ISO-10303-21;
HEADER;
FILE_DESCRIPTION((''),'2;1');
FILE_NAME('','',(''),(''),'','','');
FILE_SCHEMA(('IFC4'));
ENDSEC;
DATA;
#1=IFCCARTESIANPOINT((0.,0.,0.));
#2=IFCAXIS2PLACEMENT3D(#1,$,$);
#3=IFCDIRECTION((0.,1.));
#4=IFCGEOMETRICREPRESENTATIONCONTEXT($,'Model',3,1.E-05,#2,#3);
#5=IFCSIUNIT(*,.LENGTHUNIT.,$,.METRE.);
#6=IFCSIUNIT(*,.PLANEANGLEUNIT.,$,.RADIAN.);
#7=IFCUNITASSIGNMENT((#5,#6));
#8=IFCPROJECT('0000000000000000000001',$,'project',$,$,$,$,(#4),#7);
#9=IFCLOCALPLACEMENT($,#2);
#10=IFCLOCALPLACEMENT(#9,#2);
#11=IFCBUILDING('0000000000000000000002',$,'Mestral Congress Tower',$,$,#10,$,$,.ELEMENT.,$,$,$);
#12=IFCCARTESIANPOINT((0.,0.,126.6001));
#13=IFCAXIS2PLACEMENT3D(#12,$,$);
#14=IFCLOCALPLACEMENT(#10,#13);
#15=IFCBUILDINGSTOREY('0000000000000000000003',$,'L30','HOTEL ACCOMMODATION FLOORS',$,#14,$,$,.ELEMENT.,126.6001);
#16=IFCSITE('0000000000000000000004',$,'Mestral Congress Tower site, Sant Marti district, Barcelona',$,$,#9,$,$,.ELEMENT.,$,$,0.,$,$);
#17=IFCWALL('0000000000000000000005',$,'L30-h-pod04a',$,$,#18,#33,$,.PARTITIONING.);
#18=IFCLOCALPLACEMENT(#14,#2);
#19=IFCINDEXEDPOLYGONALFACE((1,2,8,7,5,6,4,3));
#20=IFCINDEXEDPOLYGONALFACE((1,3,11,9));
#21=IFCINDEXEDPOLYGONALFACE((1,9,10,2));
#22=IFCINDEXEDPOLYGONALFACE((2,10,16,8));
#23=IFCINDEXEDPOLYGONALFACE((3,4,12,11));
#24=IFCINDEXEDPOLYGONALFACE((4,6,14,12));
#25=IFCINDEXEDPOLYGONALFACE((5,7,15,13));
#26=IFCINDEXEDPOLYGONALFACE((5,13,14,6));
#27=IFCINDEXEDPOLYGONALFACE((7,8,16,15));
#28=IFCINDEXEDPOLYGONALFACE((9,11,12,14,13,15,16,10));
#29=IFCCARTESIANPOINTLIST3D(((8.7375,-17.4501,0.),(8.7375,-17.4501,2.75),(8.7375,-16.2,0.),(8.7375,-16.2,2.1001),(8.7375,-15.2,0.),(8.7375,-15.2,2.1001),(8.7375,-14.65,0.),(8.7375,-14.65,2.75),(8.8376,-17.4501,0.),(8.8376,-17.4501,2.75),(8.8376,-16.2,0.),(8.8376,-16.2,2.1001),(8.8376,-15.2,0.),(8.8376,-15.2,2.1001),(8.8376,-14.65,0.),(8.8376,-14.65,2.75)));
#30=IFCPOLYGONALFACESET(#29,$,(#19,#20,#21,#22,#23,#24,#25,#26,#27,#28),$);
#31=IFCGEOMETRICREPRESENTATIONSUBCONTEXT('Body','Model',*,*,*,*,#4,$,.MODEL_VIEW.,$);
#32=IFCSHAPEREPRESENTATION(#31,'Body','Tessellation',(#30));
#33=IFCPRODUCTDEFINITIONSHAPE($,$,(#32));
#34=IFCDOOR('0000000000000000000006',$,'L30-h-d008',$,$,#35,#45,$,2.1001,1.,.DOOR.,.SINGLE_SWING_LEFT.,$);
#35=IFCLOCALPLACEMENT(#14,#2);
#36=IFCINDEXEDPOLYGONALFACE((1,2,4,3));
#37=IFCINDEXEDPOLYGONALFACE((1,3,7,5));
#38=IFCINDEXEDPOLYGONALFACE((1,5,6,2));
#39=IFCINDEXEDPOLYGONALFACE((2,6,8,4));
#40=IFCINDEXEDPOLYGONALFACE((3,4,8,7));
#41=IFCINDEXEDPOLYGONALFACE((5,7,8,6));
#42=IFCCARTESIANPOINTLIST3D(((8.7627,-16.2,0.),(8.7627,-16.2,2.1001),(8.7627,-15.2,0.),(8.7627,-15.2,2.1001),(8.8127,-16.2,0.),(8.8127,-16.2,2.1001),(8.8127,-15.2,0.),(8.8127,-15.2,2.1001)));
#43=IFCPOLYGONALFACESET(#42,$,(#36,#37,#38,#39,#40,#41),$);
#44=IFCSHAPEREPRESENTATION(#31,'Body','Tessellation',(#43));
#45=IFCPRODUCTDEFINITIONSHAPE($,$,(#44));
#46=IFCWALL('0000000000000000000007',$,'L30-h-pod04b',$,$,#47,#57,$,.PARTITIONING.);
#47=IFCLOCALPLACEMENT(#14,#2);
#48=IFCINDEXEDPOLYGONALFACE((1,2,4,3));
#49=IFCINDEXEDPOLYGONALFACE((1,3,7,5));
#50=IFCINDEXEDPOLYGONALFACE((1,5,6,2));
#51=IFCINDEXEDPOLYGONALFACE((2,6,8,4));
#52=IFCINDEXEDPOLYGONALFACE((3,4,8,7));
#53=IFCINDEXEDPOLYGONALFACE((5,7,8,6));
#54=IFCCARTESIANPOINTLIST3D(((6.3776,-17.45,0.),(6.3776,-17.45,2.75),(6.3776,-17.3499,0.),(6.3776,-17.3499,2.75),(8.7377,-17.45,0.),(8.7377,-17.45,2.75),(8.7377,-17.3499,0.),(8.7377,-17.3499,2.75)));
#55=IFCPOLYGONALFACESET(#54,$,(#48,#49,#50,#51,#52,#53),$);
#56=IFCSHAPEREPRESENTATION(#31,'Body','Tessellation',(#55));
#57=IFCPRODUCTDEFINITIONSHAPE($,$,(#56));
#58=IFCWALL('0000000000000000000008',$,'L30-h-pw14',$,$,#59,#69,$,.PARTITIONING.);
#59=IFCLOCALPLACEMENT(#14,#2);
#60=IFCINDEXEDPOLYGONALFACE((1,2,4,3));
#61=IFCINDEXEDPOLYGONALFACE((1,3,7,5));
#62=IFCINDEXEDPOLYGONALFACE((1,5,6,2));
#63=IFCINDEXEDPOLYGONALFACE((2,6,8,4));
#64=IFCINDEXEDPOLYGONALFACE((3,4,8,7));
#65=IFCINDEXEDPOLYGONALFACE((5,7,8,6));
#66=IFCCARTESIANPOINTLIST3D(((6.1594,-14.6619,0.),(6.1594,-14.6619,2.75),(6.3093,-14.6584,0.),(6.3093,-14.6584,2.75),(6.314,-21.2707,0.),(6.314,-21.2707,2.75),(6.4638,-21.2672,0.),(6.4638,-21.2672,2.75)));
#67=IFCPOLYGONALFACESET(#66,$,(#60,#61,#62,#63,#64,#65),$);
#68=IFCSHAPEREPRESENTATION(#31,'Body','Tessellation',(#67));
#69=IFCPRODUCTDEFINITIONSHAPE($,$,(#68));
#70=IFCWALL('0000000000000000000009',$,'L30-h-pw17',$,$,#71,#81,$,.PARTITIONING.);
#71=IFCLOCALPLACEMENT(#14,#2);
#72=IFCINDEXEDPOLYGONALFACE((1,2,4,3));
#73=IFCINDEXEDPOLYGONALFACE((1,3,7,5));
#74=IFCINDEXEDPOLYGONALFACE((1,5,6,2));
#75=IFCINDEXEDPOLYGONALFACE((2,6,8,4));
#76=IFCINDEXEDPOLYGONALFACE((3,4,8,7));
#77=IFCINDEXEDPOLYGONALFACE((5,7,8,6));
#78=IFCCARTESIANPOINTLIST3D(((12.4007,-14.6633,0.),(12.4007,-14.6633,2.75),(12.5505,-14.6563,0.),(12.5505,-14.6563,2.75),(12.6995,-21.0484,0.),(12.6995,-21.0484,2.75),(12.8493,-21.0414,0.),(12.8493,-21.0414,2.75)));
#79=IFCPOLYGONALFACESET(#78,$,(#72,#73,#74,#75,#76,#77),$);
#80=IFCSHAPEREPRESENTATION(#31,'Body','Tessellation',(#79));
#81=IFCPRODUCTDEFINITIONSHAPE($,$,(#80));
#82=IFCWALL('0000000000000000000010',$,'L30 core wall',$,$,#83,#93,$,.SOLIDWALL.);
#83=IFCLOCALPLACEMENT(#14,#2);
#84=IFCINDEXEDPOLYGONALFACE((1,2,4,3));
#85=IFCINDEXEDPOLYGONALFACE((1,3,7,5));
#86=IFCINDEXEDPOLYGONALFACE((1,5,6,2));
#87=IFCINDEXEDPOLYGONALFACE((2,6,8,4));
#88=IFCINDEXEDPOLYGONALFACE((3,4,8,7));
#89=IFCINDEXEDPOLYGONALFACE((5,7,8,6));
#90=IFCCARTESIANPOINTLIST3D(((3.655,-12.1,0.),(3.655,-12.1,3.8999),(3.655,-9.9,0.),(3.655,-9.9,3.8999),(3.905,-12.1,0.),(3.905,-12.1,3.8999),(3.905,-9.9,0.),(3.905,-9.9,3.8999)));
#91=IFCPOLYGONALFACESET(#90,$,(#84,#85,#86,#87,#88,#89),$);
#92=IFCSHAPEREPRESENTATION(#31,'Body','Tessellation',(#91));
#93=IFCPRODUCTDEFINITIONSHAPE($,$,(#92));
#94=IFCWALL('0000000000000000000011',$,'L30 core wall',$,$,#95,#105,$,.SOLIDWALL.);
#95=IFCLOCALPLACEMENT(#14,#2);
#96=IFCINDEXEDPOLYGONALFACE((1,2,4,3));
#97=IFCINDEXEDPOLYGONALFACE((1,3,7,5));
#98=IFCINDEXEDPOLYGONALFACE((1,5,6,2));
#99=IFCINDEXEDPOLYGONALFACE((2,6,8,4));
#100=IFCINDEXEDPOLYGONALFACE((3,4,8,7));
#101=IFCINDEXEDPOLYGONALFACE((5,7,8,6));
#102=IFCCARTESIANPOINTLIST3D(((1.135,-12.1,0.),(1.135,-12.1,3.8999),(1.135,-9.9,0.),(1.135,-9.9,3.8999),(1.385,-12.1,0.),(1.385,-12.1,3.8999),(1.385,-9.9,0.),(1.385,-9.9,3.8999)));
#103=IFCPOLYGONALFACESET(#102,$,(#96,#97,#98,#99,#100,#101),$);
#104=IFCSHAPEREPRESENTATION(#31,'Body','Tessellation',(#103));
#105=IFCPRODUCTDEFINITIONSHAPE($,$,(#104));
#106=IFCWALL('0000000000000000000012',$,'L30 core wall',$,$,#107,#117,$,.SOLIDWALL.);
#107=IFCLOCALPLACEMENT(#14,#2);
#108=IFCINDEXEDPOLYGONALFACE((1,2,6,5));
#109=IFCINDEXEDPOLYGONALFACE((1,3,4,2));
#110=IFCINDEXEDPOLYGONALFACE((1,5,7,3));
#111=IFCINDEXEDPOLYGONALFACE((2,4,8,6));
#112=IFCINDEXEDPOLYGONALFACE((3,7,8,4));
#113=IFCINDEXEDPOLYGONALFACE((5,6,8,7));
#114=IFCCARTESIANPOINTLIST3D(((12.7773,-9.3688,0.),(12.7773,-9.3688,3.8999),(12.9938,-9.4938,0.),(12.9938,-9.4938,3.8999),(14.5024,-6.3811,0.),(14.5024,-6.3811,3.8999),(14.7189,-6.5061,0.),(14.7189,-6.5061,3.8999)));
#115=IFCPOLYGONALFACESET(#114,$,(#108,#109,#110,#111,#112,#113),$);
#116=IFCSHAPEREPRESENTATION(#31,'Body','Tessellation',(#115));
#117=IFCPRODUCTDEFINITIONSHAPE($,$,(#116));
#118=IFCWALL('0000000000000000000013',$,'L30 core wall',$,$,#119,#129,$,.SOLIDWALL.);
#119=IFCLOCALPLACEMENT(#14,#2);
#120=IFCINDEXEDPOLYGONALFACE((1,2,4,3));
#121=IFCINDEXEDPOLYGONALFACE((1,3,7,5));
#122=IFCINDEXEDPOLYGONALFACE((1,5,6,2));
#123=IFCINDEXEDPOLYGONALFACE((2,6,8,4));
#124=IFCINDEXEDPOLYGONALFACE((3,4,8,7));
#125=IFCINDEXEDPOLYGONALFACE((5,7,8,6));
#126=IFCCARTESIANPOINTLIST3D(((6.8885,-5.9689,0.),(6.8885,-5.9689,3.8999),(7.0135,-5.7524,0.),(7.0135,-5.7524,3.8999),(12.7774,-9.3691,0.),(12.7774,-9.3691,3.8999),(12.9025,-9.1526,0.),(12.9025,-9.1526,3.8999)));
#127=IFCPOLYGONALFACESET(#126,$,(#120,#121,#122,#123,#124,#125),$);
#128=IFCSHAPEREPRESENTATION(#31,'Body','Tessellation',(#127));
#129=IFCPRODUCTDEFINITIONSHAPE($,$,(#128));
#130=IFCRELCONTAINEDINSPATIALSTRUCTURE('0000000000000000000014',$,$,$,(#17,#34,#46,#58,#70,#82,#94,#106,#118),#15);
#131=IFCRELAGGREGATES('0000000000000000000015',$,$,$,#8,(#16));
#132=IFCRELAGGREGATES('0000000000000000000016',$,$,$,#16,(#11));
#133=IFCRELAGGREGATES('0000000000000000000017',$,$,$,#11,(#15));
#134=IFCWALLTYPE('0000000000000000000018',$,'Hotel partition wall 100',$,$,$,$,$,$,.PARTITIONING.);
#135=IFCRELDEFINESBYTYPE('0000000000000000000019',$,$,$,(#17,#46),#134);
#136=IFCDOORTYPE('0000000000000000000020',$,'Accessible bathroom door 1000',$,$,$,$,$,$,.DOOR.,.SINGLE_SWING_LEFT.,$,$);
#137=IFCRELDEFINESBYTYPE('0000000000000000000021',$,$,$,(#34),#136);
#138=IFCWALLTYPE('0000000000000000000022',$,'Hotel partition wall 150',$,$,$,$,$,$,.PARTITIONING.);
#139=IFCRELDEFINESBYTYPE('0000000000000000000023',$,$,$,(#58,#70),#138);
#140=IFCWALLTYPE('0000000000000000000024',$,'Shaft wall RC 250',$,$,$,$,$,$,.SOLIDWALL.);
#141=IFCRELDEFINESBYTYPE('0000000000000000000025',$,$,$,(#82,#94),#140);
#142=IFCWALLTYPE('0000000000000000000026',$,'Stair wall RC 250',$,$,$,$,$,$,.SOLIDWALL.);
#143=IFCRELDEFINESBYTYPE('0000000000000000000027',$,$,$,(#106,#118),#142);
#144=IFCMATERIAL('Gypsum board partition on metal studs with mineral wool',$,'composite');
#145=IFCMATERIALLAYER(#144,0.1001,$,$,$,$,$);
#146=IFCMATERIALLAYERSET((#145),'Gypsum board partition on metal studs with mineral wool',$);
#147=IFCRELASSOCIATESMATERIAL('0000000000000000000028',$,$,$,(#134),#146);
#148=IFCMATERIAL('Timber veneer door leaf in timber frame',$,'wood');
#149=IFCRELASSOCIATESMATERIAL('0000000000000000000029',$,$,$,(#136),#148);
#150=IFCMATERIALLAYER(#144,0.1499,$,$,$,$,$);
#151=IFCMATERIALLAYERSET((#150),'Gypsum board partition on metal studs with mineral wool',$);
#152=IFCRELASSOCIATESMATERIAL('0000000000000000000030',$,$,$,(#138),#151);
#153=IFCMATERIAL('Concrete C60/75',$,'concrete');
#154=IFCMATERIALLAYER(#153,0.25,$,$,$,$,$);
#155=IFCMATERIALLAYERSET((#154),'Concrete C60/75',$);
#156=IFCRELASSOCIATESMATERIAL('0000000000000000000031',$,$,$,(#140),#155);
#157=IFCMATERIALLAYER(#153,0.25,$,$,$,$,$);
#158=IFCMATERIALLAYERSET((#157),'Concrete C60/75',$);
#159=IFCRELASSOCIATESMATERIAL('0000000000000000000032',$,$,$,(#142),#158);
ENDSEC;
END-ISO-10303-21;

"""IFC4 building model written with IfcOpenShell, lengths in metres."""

from ifc_helpers import new_model, si_unit, direction, frame, frame_2d, origin, place, context, subcontext, project, spatial, rectangle, extrude, material, layer, layer_set, type_object, element, fill, save


model = new_model("IFC4")

# Units and contexts
model_context = context("Model", 3, precision=1e-05, world=origin(), true_north=direction((0.0, 1.0)))
body_context = subcontext(model_context, "Body", "Model", "MODEL_VIEW")
ifc_project = project(units=[si_unit("LENGTHUNIT", "METRE"), si_unit("PLANEANGLEUNIT", "RADIAN")], contexts=[model_context])

# Site, building, storey
site_placement = place(None, origin())
site = spatial("IfcSite", under=ifc_project, at=site_placement, Name="Mestral Congress Tower site, Sant Marti district, Barcelona", CompositionType="ELEMENT", RefElevation=0.0)
building_placement = place(site_placement, origin())
building = spatial("IfcBuilding", under=site, at=building_placement, Name="Mestral Congress Tower", CompositionType="ELEMENT")
storey_placement = place(building_placement, frame((0.0, 0.0, 126.6001)))
storey = spatial("IfcBuildingStorey", under=building, at=storey_placement, Name="L30", Description="HOTEL ACCOMMODATION FLOORS", CompositionType="ELEMENT", Elevation=126.6001)

# Shared definitions
ifc_material_1 = material(Name="Concrete C60/75", Category="concrete")

# Shared definitions
ifc_material_2 = material(Name="Gypsum board partition on metal studs with mineral wool", Category="composite")
ifc_layer_1 = layer(ifc_material_2, 0.1001)
ifc_layer_set_1 = layer_set([ifc_layer_1], Name="Gypsum board partition on metal studs with mineral wool")
wall_type_1 = type_object("IfcWallType", Name="Hotel partition wall 100", PredefinedType="PARTITIONING", material=ifc_layer_set_1)
ifc_material_3 = material(Name="Timber veneer door leaf in timber frame", Category="wood")

# Wall, opening, door
wall_1_placement = place(storey_placement, frame((8.7876, -17.45, 0.0), z_axis=(0.0, 0.0, 1.0), x_axis=(0.0, 1.0, 0.0)))
wall_1 = element("IfcWall", 1, at=wall_1_placement, inside=storey, type_object=wall_type_1, Name="L30-h-pod04a", PredefinedType="PARTITIONING", context=body_context, shape_type="SweptSolid", body=[
    extrude(rectangle(XDim=2.8, YDim=0.1001, at=frame_2d((1.3999, 0.0))), origin(), (0.0, 0.0, 1.0), 2.75),
])
opening_1_placement = place(wall_1_placement, frame((1.25, 0.0, 0.0)))
opening_1 = element("IfcOpeningElement", 2, at=opening_1_placement, cuts=wall_1, PredefinedType="OPENING", context=body_context, shape_type="SweptSolid", body=[
    extrude(rectangle(XDim=1.0, YDim=2.1001, at=frame_2d((0.5, 1.05))), frame((0.0, 0.0601, 0.0), z_axis=(0.0, -1.0, 0.0), x_axis=(1.0, 0.0, 0.0)), (0.0, 0.0, 1.0), 0.1201),
])
door_type_1 = type_object("IfcDoorType", Name="Accessible bathroom door 1000", OperationType="SINGLE_SWING_LEFT", PredefinedType="DOOR", material=ifc_material_3)
door_1_placement = place(opening_1_placement, origin())
door_1 = element("IfcDoor", 3, at=door_1_placement, inside=storey, type_object=door_type_1, Name="L30-h-d008", OperationType="SINGLE_SWING_LEFT", OverallHeight=2.1001, OverallWidth=1.0, PredefinedType="DOOR", context=body_context, shape_type="SweptSolid", body=[
    extrude(rectangle(XDim=1.0, YDim=2.1001, at=frame_2d((0.5, 1.05))), frame((0.0, 0.0249, 0.0), z_axis=(0.0, -1.0, 0.0), x_axis=(1.0, 0.0, 0.0)), (0.0, 0.0, 1.0), 0.05),
])
fill(opening_1, door_1)

# Walls
wall_2_placement = place(storey_placement, frame((8.7378, -17.3999, 0.0), z_axis=(0.0, 0.0, 1.0), x_axis=(-1.0, 0.0, 0.0)))
element("IfcWall", 4, at=wall_2_placement, inside=storey, type_object=wall_type_1, Name="L30-h-pod04b", PredefinedType="PARTITIONING", context=body_context, shape_type="SweptSolid", body=[
    extrude(rectangle(XDim=2.3601, YDim=0.1001, at=frame_2d((1.1802, 0.0))), origin(), (0.0, 0.0, 1.0), 2.75),
])
ifc_layer_2 = layer(ifc_material_2, 0.1499)
ifc_layer_set_2 = layer_set([ifc_layer_2], Name="Gypsum board partition on metal studs with mineral wool")
wall_type_2 = type_object("IfcWallType", Name="Hotel partition wall 150", PredefinedType="PARTITIONING", material=ifc_layer_set_2)
wall_3_placement = place(storey_placement, frame((6.3889, -21.2688, 0.0), z_axis=(0.0, 0.0, 1.0), x_axis=(-0.023377, 0.999727, 0.0)))
element("IfcWall", 5, at=wall_3_placement, inside=storey, type_object=wall_type_2, Name="L30-h-pw14", PredefinedType="PARTITIONING", context=body_context, shape_type="SweptSolid", body=[
    extrude(rectangle(XDim=6.6106, YDim=0.1499, at=frame_2d((3.3052, 0.0))), origin(), (0.0, 0.0, 1.0), 2.75),
])
wall_4_placement = place(storey_placement, frame((12.7744, -21.0449, 0.0), z_axis=(0.0, 0.0, 1.0), x_axis=(-0.04675, 0.998907, 0.0)))
element("IfcWall", 6, at=wall_4_placement, inside=storey, type_object=wall_type_2, Name="L30-h-pw17", PredefinedType="PARTITIONING", context=body_context, shape_type="SweptSolid", body=[
    extrude(rectangle(XDim=6.3921, YDim=0.1499, at=frame_2d((3.196, 0.0))), origin(), (0.0, 0.0, 1.0), 2.75),
])
ifc_layer_3 = layer(ifc_material_1, 0.25)
ifc_layer_set_3 = layer_set([ifc_layer_3], Name="Concrete C60/75")
wall_type_3 = type_object("IfcWallType", Name="Shaft wall RC 250", PredefinedType="SOLIDWALL", material=ifc_layer_set_3)
for number, where, z_axis, x_axis, name in (
    (7, (3.78, -12.1001, 0.0), (0.0, 0.0, 1.0), (0.0, 1.0, 0.0), "L30 core wall"),
    (8, (1.26, -12.1001, 0.0), (0.0, 0.0, 1.0), (0.0, 1.0, 0.0), "L30 core wall"),
):
    element("IfcWall", number, at=place(storey_placement, frame(where, z_axis=z_axis, x_axis=x_axis)), inside=storey, type_object=wall_type_3, Name=name, PredefinedType="SOLIDWALL", context=body_context, shape_type="SweptSolid", body=[
        extrude(rectangle(XDim=2.2, YDim=0.25, at=frame_2d((1.1001, 0.0))), origin(), (0.0, 0.0, 1.0), 3.8999),
    ])
ifc_layer_4 = layer(ifc_material_1, 0.25)
ifc_layer_set_4 = layer_set([ifc_layer_4], Name="Concrete C60/75")
wall_type_4 = type_object("IfcWallType", Name="Stair wall RC 250", PredefinedType="SOLIDWALL", material=ifc_layer_set_4)
wall_5_placement = place(storey_placement, frame((12.8855, -9.4314, 0.0), z_axis=(0.0, 0.0, 1.0), x_axis=(0.500021, 0.866014, 0.0)))
element("IfcWall", 9, at=wall_5_placement, inside=storey, type_object=wall_type_4, Name="L30 core wall", PredefinedType="SOLIDWALL", context=body_context, shape_type="SweptSolid", body=[
    extrude(rectangle(XDim=3.45, YDim=0.25, at=frame_2d((1.7251, 0.0))), origin(), (0.0, 0.0, 1.0), 3.8999),
])
wall_6_placement = place(storey_placement, frame((12.8398, -9.2607, 0.0), z_axis=(0.0, 0.0, 1.0), x_axis=(-0.866014, 0.50002, 0.0)))
element("IfcWall", 10, at=wall_6_placement, inside=storey, type_object=wall_type_4, Name="L30 core wall", PredefinedType="SOLIDWALL", context=body_context, shape_type="SweptSolid", body=[
    extrude(rectangle(XDim=6.8, YDim=0.25, at=frame_2d((3.3999, 0.0))), origin(), (0.0, 0.0, 1.0), 3.8999),
])

save(model, "model.ifc")
